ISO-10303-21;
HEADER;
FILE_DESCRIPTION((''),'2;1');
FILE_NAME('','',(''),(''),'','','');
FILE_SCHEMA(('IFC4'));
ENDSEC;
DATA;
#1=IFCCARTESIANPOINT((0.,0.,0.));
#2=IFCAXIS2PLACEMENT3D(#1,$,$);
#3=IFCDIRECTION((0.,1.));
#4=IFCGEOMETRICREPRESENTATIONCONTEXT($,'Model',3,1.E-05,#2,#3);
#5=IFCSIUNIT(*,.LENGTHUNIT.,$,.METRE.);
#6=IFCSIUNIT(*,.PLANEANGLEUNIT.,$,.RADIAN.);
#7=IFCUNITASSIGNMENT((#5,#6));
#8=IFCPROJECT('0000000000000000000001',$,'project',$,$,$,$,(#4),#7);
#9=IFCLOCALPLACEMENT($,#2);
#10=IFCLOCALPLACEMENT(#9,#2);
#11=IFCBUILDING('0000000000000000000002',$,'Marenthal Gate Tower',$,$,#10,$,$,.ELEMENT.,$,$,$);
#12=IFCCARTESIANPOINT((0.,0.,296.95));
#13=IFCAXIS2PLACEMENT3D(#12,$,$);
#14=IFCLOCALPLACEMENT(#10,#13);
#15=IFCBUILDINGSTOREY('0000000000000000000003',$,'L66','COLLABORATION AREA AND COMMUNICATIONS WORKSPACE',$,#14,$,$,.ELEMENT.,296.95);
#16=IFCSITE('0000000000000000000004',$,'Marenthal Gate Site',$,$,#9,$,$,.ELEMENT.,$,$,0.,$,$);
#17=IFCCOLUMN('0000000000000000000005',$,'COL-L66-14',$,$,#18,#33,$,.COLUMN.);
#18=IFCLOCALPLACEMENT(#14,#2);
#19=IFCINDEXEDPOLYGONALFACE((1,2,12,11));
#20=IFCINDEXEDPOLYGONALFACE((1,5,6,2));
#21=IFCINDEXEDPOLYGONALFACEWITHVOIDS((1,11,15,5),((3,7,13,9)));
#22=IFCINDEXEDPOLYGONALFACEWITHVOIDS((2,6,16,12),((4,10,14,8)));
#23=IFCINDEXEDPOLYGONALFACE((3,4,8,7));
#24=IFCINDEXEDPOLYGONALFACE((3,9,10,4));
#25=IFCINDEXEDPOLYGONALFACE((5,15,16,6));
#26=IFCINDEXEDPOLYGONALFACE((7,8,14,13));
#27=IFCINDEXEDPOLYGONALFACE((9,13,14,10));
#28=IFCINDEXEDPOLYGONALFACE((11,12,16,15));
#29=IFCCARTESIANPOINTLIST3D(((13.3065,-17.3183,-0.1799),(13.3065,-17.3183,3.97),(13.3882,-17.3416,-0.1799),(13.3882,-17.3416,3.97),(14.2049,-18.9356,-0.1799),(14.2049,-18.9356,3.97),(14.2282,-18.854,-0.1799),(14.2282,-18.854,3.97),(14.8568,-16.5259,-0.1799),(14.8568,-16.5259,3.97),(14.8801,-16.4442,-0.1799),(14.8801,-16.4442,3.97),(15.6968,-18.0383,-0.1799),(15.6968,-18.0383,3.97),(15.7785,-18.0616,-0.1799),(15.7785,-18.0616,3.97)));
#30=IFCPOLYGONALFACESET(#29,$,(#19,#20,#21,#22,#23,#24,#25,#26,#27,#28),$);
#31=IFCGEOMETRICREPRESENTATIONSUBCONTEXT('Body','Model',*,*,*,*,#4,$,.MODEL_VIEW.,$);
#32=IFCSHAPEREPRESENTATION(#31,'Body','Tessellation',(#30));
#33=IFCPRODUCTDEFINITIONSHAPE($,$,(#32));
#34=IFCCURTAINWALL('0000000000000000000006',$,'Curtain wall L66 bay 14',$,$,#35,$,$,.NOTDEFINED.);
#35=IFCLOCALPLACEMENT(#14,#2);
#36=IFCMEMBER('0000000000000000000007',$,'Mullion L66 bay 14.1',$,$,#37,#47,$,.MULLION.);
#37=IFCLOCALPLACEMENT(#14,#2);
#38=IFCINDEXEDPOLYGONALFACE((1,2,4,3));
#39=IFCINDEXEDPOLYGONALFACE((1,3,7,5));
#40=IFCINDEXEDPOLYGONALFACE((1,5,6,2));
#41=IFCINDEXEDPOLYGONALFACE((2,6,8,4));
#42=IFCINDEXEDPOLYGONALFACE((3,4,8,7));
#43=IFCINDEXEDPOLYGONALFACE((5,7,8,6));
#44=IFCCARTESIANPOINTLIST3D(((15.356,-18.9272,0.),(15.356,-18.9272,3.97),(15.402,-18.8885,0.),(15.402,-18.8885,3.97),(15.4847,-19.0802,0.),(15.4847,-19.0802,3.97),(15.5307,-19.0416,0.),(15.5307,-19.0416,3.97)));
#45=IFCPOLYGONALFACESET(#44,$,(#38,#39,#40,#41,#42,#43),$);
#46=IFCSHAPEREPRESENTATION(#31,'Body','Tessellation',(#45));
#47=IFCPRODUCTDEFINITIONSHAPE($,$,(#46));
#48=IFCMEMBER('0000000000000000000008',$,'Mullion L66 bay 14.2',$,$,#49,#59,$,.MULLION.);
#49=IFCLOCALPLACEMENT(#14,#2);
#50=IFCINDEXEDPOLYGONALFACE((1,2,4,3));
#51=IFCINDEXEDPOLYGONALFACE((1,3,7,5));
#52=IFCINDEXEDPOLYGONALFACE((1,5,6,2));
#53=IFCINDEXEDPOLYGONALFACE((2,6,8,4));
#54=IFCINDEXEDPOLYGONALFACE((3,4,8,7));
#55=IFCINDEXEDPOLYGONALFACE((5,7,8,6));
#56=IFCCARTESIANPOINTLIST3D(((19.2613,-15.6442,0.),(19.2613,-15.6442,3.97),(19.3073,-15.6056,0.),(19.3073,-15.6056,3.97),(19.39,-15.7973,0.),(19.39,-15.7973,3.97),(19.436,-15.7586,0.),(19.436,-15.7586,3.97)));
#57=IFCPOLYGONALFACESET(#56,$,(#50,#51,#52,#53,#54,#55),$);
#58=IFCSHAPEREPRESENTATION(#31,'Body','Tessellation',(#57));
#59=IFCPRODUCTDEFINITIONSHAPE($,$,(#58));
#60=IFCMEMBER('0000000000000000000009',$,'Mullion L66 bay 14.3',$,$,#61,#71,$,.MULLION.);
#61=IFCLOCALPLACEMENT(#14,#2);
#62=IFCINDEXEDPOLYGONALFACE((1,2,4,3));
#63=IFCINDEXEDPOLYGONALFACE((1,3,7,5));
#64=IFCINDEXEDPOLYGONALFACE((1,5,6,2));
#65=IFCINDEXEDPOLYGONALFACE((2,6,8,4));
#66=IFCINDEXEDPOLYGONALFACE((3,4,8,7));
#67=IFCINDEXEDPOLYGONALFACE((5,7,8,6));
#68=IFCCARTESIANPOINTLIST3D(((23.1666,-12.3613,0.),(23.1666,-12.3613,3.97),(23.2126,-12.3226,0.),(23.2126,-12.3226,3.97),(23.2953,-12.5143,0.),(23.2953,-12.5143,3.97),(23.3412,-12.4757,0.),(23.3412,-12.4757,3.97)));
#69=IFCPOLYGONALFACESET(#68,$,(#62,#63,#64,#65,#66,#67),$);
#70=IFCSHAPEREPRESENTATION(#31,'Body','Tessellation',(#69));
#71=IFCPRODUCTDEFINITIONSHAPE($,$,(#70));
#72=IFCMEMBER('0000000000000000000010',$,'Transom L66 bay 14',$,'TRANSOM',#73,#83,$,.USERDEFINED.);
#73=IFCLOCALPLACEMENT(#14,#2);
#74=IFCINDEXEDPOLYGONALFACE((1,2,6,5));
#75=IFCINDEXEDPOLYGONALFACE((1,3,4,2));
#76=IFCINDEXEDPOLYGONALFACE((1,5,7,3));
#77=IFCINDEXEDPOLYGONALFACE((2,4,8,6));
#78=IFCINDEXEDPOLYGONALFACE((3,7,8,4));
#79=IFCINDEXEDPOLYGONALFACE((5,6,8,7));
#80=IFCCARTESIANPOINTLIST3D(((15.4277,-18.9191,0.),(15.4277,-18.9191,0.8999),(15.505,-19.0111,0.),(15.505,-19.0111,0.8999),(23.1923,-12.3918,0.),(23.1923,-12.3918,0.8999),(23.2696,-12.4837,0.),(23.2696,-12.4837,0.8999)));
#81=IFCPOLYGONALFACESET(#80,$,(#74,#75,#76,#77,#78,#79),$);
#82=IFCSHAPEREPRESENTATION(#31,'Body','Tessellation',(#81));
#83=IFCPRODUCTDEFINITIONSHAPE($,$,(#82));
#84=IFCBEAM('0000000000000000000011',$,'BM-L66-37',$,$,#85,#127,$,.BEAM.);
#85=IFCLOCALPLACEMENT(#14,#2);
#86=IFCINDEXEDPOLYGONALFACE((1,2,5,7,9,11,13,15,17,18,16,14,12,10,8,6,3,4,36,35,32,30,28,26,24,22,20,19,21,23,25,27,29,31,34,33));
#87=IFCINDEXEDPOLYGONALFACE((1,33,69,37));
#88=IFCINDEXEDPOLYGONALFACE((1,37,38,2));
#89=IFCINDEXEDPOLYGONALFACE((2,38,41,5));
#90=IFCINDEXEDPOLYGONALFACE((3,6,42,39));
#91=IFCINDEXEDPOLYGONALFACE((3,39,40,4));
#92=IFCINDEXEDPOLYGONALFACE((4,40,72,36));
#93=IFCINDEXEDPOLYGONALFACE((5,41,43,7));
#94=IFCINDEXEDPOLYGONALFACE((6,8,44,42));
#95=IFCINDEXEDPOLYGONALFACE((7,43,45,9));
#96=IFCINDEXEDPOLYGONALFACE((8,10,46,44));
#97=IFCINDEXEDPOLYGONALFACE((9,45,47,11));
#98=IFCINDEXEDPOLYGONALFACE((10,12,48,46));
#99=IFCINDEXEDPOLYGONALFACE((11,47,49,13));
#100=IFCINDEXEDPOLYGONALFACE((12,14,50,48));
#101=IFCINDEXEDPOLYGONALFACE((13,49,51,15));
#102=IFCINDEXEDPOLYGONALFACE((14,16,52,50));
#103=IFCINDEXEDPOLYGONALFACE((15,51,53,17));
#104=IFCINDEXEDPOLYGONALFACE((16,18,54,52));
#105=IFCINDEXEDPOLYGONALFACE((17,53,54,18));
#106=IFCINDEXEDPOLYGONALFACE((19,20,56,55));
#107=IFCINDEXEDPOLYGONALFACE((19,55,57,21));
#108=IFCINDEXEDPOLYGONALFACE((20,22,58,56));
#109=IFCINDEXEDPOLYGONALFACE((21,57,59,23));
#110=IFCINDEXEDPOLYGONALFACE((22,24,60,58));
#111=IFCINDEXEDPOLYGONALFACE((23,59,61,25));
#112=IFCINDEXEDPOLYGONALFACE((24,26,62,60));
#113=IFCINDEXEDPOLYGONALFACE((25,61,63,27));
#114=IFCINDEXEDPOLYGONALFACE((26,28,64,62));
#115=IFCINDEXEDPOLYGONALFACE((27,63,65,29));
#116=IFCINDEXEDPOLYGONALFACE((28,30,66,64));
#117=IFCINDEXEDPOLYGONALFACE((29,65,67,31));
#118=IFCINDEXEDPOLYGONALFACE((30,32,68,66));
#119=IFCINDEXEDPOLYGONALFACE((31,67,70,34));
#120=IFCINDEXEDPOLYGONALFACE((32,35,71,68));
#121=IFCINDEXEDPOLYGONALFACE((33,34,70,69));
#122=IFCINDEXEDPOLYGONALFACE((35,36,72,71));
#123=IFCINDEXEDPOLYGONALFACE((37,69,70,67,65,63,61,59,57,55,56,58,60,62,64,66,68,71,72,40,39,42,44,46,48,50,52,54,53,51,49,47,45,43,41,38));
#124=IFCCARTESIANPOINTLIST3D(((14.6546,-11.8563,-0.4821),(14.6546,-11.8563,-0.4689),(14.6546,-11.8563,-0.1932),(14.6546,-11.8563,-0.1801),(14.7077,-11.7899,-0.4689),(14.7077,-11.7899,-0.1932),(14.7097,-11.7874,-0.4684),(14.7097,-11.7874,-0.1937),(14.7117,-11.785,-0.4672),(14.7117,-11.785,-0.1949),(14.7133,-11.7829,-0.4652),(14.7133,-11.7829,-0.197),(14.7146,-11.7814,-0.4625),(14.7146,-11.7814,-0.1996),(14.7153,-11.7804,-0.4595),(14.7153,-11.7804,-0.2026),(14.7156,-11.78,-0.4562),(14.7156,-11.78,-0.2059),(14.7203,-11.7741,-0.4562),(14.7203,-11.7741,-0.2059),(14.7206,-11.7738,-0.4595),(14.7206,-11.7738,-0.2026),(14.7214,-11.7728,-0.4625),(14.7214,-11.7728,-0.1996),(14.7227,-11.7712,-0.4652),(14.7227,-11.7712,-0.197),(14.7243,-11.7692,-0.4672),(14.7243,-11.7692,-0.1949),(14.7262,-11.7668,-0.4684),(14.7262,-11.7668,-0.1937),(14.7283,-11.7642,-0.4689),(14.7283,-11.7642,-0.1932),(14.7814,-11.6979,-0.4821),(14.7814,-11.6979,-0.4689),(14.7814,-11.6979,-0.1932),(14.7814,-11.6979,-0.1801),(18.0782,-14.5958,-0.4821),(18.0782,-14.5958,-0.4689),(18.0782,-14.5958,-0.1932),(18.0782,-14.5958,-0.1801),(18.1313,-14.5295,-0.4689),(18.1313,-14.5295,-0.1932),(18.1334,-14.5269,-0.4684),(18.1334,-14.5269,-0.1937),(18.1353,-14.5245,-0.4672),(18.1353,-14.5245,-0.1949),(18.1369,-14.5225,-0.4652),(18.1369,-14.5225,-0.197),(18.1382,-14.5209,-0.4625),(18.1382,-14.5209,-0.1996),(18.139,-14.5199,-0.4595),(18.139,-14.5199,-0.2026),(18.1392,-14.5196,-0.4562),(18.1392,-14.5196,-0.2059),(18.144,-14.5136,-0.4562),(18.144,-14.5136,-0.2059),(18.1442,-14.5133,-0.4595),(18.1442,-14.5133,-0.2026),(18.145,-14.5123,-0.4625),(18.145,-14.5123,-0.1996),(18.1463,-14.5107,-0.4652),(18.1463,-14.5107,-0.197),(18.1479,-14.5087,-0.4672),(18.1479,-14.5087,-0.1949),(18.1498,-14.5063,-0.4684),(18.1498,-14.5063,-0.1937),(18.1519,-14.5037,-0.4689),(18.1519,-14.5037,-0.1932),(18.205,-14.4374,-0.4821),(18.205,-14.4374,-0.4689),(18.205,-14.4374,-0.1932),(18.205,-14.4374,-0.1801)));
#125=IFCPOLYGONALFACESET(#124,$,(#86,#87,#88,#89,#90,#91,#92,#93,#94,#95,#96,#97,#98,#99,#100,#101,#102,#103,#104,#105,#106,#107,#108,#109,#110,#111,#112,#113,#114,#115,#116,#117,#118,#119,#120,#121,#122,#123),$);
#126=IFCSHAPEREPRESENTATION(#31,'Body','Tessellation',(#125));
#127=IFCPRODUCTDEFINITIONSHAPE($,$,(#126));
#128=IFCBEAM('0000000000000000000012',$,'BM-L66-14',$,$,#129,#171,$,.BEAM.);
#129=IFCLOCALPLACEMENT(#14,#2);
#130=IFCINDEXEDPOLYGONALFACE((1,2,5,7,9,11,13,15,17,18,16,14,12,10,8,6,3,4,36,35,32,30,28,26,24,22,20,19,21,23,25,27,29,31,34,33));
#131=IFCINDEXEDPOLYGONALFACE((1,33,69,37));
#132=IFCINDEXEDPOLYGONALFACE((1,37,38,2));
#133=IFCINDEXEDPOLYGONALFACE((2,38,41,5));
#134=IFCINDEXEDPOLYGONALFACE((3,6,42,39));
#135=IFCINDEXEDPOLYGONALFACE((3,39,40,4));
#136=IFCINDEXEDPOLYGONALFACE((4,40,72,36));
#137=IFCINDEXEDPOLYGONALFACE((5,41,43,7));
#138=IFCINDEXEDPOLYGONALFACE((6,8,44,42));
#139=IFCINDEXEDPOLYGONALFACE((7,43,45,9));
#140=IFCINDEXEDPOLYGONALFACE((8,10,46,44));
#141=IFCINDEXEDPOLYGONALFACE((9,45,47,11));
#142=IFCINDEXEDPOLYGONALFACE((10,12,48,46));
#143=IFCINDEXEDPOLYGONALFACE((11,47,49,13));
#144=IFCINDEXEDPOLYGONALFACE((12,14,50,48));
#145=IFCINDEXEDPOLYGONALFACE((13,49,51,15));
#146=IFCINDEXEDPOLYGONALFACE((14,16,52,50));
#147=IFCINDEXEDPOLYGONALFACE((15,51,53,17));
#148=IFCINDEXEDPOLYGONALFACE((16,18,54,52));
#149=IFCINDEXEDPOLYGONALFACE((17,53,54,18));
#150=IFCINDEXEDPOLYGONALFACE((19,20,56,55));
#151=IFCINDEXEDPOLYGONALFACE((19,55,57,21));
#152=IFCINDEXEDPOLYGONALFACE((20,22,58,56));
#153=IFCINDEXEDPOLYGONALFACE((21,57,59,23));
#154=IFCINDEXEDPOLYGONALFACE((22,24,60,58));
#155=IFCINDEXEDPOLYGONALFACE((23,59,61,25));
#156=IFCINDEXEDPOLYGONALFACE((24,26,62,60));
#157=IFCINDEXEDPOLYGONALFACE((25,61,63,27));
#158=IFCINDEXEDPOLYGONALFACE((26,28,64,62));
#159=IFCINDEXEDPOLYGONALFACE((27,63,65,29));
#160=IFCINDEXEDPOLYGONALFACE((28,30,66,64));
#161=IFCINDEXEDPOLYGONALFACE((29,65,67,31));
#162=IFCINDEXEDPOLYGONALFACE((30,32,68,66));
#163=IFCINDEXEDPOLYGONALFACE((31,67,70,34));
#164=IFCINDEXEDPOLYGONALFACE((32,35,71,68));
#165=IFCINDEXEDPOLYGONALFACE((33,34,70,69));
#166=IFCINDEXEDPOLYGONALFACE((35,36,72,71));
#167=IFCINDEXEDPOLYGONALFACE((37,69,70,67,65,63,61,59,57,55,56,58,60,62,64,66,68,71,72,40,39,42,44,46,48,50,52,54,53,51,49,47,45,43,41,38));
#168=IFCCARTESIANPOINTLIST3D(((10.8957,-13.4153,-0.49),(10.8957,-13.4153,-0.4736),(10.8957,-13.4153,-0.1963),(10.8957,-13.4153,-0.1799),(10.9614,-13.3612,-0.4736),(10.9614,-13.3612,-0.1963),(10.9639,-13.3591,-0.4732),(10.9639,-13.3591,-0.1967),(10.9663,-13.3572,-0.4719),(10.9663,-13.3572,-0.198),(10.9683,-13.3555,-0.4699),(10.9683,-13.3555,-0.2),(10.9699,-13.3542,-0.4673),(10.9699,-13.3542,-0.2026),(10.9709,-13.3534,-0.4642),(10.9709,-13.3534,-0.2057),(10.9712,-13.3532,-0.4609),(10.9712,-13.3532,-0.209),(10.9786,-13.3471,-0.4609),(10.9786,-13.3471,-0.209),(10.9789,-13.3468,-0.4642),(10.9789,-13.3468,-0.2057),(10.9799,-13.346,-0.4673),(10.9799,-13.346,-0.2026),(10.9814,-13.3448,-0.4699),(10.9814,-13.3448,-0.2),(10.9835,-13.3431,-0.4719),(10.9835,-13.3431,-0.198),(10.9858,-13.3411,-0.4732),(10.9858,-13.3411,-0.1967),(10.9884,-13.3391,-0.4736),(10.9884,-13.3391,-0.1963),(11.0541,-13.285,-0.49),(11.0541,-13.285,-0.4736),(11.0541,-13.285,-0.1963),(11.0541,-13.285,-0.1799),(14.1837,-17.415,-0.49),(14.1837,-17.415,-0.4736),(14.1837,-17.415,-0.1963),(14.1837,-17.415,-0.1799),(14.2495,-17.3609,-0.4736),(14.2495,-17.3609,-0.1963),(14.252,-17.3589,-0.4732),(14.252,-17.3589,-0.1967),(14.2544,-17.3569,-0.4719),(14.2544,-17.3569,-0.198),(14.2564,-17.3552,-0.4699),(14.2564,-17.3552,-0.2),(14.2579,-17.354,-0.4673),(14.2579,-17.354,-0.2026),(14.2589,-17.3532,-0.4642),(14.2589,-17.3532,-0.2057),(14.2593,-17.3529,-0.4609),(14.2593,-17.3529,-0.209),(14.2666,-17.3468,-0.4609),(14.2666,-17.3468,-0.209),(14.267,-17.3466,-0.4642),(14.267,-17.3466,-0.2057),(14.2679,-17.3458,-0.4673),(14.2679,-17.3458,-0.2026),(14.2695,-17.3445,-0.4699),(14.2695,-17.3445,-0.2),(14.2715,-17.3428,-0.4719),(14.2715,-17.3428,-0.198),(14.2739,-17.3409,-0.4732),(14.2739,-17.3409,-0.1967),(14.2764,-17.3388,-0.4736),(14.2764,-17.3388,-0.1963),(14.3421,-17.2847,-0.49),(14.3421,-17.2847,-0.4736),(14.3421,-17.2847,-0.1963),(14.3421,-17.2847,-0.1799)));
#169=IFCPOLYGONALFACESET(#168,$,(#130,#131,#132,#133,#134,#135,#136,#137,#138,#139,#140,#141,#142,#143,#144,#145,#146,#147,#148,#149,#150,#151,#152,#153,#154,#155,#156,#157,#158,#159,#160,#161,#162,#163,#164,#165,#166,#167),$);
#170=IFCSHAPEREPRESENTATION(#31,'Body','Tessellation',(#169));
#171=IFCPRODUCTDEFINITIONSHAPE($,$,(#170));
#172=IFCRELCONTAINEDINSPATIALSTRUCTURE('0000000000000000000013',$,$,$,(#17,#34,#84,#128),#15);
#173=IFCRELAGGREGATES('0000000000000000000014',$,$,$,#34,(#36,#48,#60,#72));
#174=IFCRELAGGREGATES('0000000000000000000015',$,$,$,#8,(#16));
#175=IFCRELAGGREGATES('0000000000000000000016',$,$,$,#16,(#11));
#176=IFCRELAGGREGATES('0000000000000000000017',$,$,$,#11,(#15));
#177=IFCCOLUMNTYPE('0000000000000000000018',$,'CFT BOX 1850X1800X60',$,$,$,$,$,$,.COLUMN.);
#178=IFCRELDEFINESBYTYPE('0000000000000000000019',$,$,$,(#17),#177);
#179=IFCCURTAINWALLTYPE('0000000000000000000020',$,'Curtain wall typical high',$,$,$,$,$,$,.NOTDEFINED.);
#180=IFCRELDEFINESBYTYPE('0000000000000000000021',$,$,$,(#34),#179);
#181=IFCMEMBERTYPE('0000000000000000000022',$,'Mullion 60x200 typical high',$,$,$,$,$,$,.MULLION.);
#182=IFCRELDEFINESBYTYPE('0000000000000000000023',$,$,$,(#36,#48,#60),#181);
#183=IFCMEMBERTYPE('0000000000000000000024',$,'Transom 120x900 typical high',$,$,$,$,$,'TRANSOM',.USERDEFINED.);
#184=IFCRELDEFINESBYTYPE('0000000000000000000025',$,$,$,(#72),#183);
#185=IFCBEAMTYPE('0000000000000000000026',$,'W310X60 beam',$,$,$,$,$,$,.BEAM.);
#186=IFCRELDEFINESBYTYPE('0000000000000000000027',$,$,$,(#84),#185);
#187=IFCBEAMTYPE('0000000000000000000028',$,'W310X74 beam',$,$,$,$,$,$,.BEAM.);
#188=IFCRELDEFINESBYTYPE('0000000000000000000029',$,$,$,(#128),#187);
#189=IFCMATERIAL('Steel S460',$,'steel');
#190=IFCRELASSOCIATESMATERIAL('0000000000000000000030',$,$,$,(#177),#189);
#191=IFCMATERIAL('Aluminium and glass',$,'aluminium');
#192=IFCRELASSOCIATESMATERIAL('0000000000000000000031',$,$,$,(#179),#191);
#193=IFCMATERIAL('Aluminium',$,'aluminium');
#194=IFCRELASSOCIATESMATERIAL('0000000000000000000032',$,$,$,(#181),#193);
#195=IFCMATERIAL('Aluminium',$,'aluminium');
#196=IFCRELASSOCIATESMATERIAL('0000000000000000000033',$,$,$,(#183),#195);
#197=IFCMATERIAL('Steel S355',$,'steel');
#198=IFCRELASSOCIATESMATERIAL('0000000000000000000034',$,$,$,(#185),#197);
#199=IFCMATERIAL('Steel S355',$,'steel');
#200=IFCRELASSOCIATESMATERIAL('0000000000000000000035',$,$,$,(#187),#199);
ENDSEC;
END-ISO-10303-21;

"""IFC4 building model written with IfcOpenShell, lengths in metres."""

from ifc_helpers import new_model, si_unit, direction, frame, origin, origin_2d, place, context, subcontext, project, spatial, rectangle, hollow_rectangle, i_section, extrude, material, material_profile, profile_set, type_object, element, aggregate, save


model = new_model("IFC4")

# Units and contexts
model_context = context("Model", 3, precision=1e-05, world=origin(), true_north=direction((0.0, 1.0)))
body_context = subcontext(model_context, "Body", "Model", "MODEL_VIEW")
ifc_project = project(units=[si_unit("LENGTHUNIT", "METRE"), si_unit("PLANEANGLEUNIT", "RADIAN")], contexts=[model_context])

# Site, building, storey
site_placement = place(None, origin())
site = spatial("IfcSite", under=ifc_project, at=site_placement, Name="Marenthal Gate Site", CompositionType="ELEMENT", RefElevation=0.0)
building_placement = place(site_placement, origin())
building = spatial("IfcBuilding", under=site, at=building_placement, Name="Marenthal Gate Tower", CompositionType="ELEMENT")
storey_placement = place(building_placement, frame((0.0, 0.0, 296.95)))
storey = spatial("IfcBuildingStorey", under=building, at=storey_placement, Name="L66", Description="COLLABORATION AREA AND COMMUNICATIONS WORKSPACE", CompositionType="ELEMENT", Elevation=296.95)

# Column
ifc_material_1 = material(Name="Steel S460", Category="steel")
ifc_material_profile_1 = material_profile(ifc_material_1, hollow_rectangle(XDim=1.8, YDim=1.8501, WallThickness=0.0601, at=origin_2d()), Name="CFT BOX 1850X1800X60")
ifc_material_2 = material(Name="Concrete 70 MPa", Category="concrete")
ifc_material_profile_2 = material_profile(ifc_material_2, rectangle(XDim=1.6799, YDim=1.73, at=origin_2d()), Name="CFT BOX 1850X1800X60 INFILL")
ifc_profile_set_1 = profile_set([ifc_material_profile_1, ifc_material_profile_2], Name="Steel S460 shell, Concrete 70 MPa infill")
column_type = type_object("IfcColumnType", Name="CFT BOX 1850X1800X60", PredefinedType="COLUMN", material=ifc_profile_set_1)
column_placement = place(storey_placement, frame((14.5425, -17.6899, -0.1799), z_axis=(0.0, 0.0, 1.0), x_axis=(-0.8742, -0.485567, 0.0)))
element("IfcColumn", 1, at=column_placement, inside=storey, type_object=column_type, Name="COL-L66-14", PredefinedType="COLUMN", context=body_context, shape_type="SweptSolid", body=[
    extrude(hollow_rectangle(XDim=1.8, YDim=1.8501, WallThickness=0.0601, at=origin_2d()), origin(), (0.0, 0.0, 1.0), 4.1499),
])

# Curtain wall, members
ifc_material_3 = material(Name="Aluminium and glass", Category="aluminium")
curtain_wall_type = type_object("IfcCurtainWallType", Name="Curtain wall typical high", PredefinedType="NOTDEFINED", material=ifc_material_3)
curtain_wall_placement = place(storey_placement, origin())
curtain_wall = element("IfcCurtainWall", 2, at=curtain_wall_placement, inside=storey, type_object=curtain_wall_type, Name="Curtain wall L66 bay 14", PredefinedType="NOTDEFINED")
ifc_material_4 = material(Name="Aluminium", Category="aluminium")
ifc_material_profile_3 = material_profile(ifc_material_4, rectangle(XDim=0.2, YDim=0.0601, at=origin_2d()), Name="60x200 aluminium mullion")
ifc_profile_set_2 = profile_set([ifc_material_profile_3], Name="Aluminium")
member_type_1 = type_object("IfcMemberType", Name="Mullion 60x200 typical high", PredefinedType="MULLION", material=ifc_profile_set_2)
member_1_placement = place(storey_placement, frame((15.4434, -18.9844, 0.0), z_axis=(0.0, 0.0, 1.0), x_axis=(-0.64348, 0.765463, 0.0)))
member_1 = element("IfcMember", 3, at=member_1_placement, type_object=member_type_1, Name="Mullion L66 bay 14.1", PredefinedType="MULLION", context=body_context, shape_type="SweptSolid", body=[
    extrude(rectangle(XDim=0.2, YDim=0.0601, at=origin_2d()), origin(), (0.0, 0.0, 1.0), 3.97),
])
member_2_placement = place(storey_placement, frame((19.3486, -15.7014, 0.0), z_axis=(0.0, 0.0, 1.0), x_axis=(-0.64348, 0.765463, 0.0)))
member_2 = element("IfcMember", 4, at=member_2_placement, type_object=member_type_1, Name="Mullion L66 bay 14.2", PredefinedType="MULLION", context=body_context, shape_type="SweptSolid", body=[
    extrude(rectangle(XDim=0.2, YDim=0.0601, at=origin_2d()), origin(), (0.0, 0.0, 1.0), 3.97),
])
member_3_placement = place(storey_placement, frame((23.2539, -12.4185, 0.0), z_axis=(0.0, 0.0, 1.0), x_axis=(-0.64348, 0.765463, 0.0)))
member_3 = element("IfcMember", 5, at=member_3_placement, type_object=member_type_1, Name="Mullion L66 bay 14.3", PredefinedType="MULLION", context=body_context, shape_type="SweptSolid", body=[
    extrude(rectangle(XDim=0.2, YDim=0.0601, at=origin_2d()), origin(), (0.0, 0.0, 1.0), 3.97),
])
ifc_material_5 = material(Name="Aluminium", Category="aluminium")
ifc_material_profile_4 = material_profile(ifc_material_5, rectangle(XDim=0.1201, YDim=0.8999, at=origin_2d()), Name="120x900 aluminium transom")
ifc_profile_set_3 = profile_set([ifc_material_profile_4], Name="Aluminium")
member_type_2 = type_object("IfcMemberType", Name="Transom 120x900 typical high", ElementType="TRANSOM", PredefinedType="USERDEFINED", material=ifc_profile_set_3)
member_4_placement = place(storey_placement, frame((15.4663, -18.9651, 0.45), z_axis=(0.76546, 0.643483, 0.0), x_axis=(-0.643483, 0.76546, 0.0)))
member_4 = element("IfcMember", 6, at=member_4_placement, type_object=member_type_2, Name="Transom L66 bay 14", ObjectType="TRANSOM", PredefinedType="USERDEFINED", context=body_context, shape_type="SweptSolid", body=[
    extrude(rectangle(XDim=0.1201, YDim=0.8999, at=origin_2d()), origin(), (0.0, 0.0, 1.0), 10.1438),
])

# Beams
ifc_material_6 = material(Name="Steel S355", Category="steel")
ifc_material_profile_5 = material_profile(ifc_material_6, i_section(OverallWidth=0.2029, OverallDepth=0.302, WebThickness=0.0076, FlangeThickness=0.0132, FilletRadius=0.0127, at=origin_2d()), Name="W310X60")
ifc_profile_set_4 = profile_set([ifc_material_profile_5], Name="Steel S355")
beam_type_1 = type_object("IfcBeamType", Name="W310X60 beam", PredefinedType="BEAM", material=ifc_profile_set_4)
beam_1_placement = place(storey_placement, frame((18.1416, -14.5166, -0.3311), z_axis=(-0.780798, 0.624783, 0.0), x_axis=(-0.624783, -0.780798, 0.0)))
element("IfcBeam", 7, at=beam_1_placement, inside=storey, type_object=beam_type_1, Name="BM-L66-37", PredefinedType="BEAM", context=body_context, shape_type="SweptSolid", body=[
    extrude(i_section(OverallWidth=0.2029, OverallDepth=0.302, WebThickness=0.0076, FlangeThickness=0.0132, FilletRadius=0.0127, at=origin_2d()), origin(), (0.0, 0.0, 1.0), 4.3848),
])
ifc_material_7 = material(Name="Steel S355", Category="steel")
ifc_material_profile_6 = material_profile(ifc_material_7, i_section(OverallWidth=0.2051, OverallDepth=0.3101, WebThickness=0.0095, FlangeThickness=0.0164, FilletRadius=0.0127, at=origin_2d()), Name="W310X74")
ifc_profile_set_5 = profile_set([ifc_material_profile_6], Name="Steel S355")
beam_type_2 = type_object("IfcBeamType", Name="W310X74 beam", PredefinedType="BEAM", material=ifc_profile_set_5)
beam_2_placement = place(storey_placement, frame((14.2629, -17.3499, -0.335), z_axis=(-0.635036, 0.772483, 0.0), x_axis=(-0.772483, -0.635036, 0.0)))
element("IfcBeam", 8, at=beam_2_placement, inside=storey, type_object=beam_type_2, Name="BM-L66-14", PredefinedType="BEAM", context=body_context, shape_type="SweptSolid", body=[
    extrude(i_section(OverallWidth=0.2051, OverallDepth=0.3101, WebThickness=0.0095, FlangeThickness=0.0164, FilletRadius=0.0127, at=origin_2d()), origin(), (0.0, 0.0, 1.0), 5.1777),
])

aggregate(curtain_wall, [member_1, member_2, member_3, member_4])

save(model, "model.ifc")
